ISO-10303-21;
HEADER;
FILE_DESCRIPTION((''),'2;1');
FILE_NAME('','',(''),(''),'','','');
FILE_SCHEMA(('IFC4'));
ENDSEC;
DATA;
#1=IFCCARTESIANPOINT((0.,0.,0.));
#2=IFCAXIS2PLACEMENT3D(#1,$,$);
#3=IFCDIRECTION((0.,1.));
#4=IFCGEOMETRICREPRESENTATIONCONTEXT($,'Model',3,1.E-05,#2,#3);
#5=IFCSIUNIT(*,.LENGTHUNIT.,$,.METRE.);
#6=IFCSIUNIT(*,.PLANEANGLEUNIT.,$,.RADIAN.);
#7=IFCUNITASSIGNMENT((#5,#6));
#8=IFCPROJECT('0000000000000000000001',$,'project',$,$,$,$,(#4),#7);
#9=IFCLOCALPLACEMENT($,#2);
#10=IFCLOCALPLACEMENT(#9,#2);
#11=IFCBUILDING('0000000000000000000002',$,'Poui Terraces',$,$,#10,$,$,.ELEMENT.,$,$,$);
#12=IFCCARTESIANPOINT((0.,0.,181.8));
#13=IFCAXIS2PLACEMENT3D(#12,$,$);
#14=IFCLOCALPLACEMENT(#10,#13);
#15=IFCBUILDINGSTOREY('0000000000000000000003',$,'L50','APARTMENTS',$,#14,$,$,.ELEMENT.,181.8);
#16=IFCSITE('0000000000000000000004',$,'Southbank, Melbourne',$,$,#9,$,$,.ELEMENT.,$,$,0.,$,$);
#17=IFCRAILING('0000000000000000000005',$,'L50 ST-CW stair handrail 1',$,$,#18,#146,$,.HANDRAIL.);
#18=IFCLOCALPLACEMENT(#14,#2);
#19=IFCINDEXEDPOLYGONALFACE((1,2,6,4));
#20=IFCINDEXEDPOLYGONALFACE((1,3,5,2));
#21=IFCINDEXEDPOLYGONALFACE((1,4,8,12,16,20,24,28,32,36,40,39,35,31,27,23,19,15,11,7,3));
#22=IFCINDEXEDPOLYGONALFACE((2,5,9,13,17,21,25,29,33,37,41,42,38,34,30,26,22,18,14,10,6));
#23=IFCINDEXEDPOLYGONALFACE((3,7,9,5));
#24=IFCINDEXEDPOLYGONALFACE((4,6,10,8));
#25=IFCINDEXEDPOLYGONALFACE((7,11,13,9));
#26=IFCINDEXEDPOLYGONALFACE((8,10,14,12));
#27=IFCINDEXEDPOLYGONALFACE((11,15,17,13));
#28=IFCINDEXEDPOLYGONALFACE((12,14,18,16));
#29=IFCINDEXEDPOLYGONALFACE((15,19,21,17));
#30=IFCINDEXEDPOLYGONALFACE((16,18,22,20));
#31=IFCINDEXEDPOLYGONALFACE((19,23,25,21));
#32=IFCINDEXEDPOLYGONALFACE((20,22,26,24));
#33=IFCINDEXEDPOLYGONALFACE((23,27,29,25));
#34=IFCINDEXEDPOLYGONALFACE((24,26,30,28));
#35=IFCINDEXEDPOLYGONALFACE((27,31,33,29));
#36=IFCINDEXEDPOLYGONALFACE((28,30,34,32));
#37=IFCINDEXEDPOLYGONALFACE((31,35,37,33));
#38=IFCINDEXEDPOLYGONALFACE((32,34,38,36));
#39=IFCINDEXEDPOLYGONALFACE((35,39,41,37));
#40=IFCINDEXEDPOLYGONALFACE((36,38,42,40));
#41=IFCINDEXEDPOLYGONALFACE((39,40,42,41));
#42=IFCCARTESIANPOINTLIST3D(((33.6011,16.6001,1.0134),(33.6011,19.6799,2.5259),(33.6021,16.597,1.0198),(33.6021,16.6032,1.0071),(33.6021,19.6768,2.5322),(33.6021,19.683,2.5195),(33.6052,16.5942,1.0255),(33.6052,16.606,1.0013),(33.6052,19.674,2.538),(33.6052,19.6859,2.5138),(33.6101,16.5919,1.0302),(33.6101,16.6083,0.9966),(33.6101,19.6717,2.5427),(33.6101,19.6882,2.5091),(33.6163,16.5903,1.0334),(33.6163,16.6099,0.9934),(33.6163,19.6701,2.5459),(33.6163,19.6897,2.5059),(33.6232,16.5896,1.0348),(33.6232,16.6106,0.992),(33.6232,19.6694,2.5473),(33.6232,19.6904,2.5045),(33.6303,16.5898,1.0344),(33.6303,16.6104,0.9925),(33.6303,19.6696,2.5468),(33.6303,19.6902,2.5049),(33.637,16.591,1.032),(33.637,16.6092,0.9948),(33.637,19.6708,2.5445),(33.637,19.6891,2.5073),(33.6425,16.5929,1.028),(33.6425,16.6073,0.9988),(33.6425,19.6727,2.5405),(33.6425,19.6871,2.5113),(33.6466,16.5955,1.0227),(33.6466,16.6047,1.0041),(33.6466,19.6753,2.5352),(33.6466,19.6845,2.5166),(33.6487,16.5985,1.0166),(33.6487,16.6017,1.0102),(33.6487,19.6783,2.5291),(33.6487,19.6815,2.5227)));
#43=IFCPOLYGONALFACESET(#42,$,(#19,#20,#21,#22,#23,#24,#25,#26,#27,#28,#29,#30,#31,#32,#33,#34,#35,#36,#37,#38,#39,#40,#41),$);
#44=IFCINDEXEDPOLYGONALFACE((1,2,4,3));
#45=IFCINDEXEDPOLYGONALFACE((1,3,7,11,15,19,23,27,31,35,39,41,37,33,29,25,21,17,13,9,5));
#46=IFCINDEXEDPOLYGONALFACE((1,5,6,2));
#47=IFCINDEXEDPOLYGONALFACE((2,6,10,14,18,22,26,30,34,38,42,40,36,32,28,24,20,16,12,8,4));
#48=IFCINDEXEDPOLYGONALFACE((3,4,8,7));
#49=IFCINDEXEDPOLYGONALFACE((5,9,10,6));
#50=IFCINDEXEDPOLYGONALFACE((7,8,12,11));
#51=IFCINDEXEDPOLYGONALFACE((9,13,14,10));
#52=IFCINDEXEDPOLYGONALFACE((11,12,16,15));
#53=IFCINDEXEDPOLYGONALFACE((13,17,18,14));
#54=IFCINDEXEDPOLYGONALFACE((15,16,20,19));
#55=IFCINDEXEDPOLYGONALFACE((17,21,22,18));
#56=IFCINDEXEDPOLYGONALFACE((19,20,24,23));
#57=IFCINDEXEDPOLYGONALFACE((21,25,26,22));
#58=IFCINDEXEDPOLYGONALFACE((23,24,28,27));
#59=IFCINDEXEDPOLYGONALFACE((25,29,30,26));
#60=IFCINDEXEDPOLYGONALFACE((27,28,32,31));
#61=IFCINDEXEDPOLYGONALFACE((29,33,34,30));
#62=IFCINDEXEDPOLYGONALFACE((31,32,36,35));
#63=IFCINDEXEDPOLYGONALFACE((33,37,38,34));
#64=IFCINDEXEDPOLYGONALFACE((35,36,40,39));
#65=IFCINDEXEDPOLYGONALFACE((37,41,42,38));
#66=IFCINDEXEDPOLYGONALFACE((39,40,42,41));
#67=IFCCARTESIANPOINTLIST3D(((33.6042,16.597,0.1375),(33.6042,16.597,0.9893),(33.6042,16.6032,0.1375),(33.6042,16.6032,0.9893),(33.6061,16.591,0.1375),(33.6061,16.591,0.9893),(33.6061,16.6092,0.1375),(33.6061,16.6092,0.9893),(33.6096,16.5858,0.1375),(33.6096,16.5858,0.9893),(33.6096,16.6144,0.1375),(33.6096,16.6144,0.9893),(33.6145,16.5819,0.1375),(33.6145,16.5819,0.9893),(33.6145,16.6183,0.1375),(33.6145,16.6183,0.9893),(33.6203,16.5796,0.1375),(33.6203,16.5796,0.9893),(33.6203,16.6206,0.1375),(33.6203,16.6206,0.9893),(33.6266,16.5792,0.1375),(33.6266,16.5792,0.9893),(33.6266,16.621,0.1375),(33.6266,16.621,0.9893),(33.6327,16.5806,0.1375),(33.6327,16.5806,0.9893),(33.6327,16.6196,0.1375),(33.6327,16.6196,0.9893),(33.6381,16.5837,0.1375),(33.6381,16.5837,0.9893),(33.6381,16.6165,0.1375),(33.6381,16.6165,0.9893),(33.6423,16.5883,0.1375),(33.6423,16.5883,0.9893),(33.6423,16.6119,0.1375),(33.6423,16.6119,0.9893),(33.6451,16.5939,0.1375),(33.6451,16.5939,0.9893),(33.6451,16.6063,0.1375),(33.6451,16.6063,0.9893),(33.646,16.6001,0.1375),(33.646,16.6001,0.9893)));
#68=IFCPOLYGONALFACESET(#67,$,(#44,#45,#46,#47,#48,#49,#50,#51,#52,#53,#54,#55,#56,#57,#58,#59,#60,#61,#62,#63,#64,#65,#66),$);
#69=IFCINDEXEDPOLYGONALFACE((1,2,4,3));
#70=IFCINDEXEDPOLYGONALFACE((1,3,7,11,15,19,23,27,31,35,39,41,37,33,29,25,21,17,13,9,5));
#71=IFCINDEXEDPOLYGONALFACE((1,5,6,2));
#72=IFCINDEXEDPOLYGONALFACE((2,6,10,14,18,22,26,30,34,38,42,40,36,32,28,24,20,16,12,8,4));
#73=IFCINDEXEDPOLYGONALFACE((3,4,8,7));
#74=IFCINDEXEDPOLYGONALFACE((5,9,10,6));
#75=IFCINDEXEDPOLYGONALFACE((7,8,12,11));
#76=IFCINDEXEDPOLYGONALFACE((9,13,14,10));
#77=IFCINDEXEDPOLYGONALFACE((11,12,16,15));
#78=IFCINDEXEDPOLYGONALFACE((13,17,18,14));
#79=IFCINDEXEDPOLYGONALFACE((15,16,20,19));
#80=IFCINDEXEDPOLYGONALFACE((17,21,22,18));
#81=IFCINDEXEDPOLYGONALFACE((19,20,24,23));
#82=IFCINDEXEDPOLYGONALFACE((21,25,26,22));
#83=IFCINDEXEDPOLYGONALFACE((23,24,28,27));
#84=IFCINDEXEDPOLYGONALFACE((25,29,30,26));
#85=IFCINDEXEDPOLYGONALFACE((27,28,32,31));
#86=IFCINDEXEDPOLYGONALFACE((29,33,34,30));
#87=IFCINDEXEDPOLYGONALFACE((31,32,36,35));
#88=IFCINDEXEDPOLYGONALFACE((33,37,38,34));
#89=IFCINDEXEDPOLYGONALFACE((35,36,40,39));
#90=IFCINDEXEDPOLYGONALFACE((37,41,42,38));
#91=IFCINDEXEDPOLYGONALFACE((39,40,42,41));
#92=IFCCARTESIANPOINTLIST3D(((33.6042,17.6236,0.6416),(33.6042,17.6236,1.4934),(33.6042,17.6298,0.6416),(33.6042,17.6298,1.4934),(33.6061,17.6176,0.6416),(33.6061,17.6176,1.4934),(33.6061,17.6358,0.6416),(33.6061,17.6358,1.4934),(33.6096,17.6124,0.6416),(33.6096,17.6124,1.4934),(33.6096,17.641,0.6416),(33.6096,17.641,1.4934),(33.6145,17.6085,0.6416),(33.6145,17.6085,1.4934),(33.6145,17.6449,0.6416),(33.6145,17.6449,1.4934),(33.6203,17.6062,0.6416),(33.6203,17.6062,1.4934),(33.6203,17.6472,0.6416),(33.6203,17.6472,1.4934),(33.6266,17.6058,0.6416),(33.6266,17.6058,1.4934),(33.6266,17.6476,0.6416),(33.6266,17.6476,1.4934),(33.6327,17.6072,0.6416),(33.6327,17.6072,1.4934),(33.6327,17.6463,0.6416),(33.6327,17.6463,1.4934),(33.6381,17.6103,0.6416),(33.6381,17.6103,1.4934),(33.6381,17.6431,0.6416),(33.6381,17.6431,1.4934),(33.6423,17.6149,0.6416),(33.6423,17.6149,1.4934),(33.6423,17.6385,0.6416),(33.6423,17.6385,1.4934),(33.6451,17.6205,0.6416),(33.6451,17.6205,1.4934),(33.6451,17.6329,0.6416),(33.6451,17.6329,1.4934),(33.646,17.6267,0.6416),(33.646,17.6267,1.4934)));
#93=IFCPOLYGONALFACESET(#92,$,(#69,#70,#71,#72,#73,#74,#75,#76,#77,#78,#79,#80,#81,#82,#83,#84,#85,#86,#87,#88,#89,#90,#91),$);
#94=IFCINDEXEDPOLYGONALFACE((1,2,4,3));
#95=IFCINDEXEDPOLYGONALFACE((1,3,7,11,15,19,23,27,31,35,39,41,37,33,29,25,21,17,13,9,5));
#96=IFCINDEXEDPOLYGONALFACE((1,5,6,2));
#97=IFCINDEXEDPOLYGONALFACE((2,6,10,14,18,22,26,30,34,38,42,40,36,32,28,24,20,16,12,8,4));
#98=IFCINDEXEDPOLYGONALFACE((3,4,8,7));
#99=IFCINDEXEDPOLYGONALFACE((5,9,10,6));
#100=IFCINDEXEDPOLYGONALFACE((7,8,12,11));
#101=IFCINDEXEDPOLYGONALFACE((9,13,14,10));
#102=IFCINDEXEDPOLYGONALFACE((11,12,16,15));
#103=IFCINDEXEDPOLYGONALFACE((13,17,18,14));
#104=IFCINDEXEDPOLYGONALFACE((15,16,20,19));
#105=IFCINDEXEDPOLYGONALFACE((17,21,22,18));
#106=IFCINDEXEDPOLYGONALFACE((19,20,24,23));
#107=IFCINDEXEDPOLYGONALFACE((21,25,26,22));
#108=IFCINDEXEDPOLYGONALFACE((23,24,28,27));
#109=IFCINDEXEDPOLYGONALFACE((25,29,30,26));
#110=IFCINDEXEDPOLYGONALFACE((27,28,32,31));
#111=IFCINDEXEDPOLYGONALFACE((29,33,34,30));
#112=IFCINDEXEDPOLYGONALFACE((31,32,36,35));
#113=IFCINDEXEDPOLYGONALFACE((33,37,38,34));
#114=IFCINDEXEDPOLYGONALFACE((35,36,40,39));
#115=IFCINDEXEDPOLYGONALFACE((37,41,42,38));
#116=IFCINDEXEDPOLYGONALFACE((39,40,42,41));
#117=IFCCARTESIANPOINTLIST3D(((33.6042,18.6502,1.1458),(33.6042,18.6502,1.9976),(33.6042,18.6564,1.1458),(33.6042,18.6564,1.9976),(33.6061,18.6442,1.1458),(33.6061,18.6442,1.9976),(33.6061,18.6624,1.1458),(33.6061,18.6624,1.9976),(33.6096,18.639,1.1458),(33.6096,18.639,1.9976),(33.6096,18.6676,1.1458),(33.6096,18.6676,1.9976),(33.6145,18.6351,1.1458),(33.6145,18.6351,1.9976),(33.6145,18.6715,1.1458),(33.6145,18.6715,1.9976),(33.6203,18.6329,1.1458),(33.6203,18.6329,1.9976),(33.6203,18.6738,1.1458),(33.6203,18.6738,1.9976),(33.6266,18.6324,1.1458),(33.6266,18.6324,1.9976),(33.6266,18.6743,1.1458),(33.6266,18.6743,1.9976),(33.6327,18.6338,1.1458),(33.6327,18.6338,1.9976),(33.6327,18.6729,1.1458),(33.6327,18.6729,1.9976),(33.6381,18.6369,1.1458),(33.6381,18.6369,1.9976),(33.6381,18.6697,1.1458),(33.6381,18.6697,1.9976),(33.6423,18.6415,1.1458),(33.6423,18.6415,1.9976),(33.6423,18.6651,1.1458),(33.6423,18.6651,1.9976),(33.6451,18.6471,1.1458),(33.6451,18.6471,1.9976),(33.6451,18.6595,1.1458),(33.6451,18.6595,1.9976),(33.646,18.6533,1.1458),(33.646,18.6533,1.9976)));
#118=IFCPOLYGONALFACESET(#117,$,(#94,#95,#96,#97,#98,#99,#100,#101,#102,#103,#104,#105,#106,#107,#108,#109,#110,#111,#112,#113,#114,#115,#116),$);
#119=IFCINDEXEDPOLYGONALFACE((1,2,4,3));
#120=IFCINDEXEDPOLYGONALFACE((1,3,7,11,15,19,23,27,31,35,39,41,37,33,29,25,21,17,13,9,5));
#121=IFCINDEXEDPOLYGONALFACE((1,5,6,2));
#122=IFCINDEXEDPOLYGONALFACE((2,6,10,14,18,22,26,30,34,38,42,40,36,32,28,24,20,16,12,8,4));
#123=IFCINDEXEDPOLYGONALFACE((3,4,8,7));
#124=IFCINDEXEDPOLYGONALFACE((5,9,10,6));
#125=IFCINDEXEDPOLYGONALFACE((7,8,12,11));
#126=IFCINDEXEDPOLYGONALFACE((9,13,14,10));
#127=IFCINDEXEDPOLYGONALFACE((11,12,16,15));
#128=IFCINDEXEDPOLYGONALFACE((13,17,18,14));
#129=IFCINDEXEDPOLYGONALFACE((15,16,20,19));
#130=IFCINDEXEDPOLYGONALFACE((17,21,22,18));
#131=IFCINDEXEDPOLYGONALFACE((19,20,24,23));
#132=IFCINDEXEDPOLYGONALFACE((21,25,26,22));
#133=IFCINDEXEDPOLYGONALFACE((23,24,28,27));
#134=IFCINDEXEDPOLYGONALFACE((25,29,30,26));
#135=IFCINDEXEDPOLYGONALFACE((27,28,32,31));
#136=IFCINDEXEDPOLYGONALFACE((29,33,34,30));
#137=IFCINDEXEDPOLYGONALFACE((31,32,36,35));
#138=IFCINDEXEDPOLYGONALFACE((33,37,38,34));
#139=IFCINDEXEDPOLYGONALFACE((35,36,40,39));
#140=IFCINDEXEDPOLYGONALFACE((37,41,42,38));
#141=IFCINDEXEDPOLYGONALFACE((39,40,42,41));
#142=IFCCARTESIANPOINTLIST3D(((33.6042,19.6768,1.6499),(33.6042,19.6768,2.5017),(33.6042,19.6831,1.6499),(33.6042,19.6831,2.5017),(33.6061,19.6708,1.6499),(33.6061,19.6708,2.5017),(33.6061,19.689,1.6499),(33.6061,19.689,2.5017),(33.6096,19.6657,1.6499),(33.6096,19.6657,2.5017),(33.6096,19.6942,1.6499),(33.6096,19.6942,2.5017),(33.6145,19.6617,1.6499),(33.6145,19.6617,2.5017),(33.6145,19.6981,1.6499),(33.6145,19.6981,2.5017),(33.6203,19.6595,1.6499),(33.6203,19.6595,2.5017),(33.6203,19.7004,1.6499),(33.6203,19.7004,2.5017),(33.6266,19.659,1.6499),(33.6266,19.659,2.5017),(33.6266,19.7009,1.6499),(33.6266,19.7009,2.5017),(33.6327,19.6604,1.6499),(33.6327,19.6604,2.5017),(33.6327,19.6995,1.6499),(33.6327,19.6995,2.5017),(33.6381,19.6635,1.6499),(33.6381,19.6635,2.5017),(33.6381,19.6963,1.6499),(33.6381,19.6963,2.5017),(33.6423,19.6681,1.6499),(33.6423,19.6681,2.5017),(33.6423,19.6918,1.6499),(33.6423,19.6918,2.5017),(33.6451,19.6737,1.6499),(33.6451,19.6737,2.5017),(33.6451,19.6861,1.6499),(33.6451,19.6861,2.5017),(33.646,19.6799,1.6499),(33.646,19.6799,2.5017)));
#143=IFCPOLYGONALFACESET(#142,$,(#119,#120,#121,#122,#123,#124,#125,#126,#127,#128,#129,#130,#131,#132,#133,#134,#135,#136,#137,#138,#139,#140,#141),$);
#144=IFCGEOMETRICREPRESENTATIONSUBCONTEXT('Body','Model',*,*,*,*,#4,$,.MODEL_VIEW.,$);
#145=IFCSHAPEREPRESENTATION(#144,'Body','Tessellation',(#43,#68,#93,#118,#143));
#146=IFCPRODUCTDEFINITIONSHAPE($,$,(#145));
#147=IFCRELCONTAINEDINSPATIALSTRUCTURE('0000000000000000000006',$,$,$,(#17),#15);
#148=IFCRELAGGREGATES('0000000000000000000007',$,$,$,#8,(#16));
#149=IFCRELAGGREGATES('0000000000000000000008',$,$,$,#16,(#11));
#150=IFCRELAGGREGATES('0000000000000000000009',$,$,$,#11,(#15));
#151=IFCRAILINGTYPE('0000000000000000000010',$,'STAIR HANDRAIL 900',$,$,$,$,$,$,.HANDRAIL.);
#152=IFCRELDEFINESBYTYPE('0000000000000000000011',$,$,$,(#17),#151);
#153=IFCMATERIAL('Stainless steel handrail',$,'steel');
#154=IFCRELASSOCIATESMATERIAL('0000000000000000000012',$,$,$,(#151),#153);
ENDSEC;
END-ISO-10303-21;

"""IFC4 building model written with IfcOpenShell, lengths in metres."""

from ifc_helpers import new_model, si_unit, direction, frame, origin, origin_2d, place, context, subcontext, project, spatial, circle, extrude, material, type_object, element, save


model = new_model("IFC4")

# Units and contexts
model_context = context("Model", 3, precision=1e-05, world=origin(), true_north=direction((0.0, 1.0)))
body_context = subcontext(model_context, "Body", "Model", "MODEL_VIEW")
ifc_project = project(units=[si_unit("LENGTHUNIT", "METRE"), si_unit("PLANEANGLEUNIT", "RADIAN")], contexts=[model_context])

# Site, building, storey
site_placement = place(None, origin())
site = spatial("IfcSite", under=ifc_project, at=site_placement, Name="Southbank, Melbourne", CompositionType="ELEMENT", RefElevation=0.0)
building_placement = place(site_placement, origin())
building = spatial("IfcBuilding", under=site, at=building_placement, Name="Poui Terraces", CompositionType="ELEMENT")
storey_placement = place(building_placement, frame((0.0, 0.0, 181.8)))
storey = spatial("IfcBuildingStorey", under=building, at=storey_placement, Name="L50", Description="APARTMENTS", CompositionType="ELEMENT", Elevation=181.8)

# Railing
ifc_material_1 = material(Name="Stainless steel handrail", Category="steel")
railing_type_1 = type_object("IfcRailingType", Name="STAIR HANDRAIL 900", PredefinedType="HANDRAIL", material=ifc_material_1)
railing_1_placement = place(storey_placement, frame((33.625, 16.6001, 0.1375)))
element("IfcRailing", 1, at=railing_1_placement, inside=storey, type_object=railing_type_1, Name="L50 ST-CW stair handrail 1", PredefinedType="HANDRAIL", context=body_context, shape_type="SweptSolid", body=[
    extrude(circle(Radius=0.0239, at=origin_2d()), frame((0.0, 0.0, 0.876), z_axis=(0.0, 0.897606, 0.440798), x_axis=(-1.0, 0.0, 0.0)), (0.0, 0.0, 1.0), 3.4312),
    extrude(circle(Radius=0.021, at=origin_2d()), origin(), (0.0, 0.0, 1.0), 0.8518),
    extrude(circle(Radius=0.021, at=origin_2d()), frame((0.0, 1.0266, 0.5042)), (0.0, 0.0, 1.0), 0.8518),
    extrude(circle(Radius=0.021, at=origin_2d()), frame((0.0, 2.0532, 1.0083)), (0.0, 0.0, 1.0), 0.8518),
    extrude(circle(Radius=0.021, at=origin_2d()), frame((0.0, 3.0798, 1.5125)), (0.0, 0.0, 1.0), 0.8518),
])

save(model, "model.ifc")
